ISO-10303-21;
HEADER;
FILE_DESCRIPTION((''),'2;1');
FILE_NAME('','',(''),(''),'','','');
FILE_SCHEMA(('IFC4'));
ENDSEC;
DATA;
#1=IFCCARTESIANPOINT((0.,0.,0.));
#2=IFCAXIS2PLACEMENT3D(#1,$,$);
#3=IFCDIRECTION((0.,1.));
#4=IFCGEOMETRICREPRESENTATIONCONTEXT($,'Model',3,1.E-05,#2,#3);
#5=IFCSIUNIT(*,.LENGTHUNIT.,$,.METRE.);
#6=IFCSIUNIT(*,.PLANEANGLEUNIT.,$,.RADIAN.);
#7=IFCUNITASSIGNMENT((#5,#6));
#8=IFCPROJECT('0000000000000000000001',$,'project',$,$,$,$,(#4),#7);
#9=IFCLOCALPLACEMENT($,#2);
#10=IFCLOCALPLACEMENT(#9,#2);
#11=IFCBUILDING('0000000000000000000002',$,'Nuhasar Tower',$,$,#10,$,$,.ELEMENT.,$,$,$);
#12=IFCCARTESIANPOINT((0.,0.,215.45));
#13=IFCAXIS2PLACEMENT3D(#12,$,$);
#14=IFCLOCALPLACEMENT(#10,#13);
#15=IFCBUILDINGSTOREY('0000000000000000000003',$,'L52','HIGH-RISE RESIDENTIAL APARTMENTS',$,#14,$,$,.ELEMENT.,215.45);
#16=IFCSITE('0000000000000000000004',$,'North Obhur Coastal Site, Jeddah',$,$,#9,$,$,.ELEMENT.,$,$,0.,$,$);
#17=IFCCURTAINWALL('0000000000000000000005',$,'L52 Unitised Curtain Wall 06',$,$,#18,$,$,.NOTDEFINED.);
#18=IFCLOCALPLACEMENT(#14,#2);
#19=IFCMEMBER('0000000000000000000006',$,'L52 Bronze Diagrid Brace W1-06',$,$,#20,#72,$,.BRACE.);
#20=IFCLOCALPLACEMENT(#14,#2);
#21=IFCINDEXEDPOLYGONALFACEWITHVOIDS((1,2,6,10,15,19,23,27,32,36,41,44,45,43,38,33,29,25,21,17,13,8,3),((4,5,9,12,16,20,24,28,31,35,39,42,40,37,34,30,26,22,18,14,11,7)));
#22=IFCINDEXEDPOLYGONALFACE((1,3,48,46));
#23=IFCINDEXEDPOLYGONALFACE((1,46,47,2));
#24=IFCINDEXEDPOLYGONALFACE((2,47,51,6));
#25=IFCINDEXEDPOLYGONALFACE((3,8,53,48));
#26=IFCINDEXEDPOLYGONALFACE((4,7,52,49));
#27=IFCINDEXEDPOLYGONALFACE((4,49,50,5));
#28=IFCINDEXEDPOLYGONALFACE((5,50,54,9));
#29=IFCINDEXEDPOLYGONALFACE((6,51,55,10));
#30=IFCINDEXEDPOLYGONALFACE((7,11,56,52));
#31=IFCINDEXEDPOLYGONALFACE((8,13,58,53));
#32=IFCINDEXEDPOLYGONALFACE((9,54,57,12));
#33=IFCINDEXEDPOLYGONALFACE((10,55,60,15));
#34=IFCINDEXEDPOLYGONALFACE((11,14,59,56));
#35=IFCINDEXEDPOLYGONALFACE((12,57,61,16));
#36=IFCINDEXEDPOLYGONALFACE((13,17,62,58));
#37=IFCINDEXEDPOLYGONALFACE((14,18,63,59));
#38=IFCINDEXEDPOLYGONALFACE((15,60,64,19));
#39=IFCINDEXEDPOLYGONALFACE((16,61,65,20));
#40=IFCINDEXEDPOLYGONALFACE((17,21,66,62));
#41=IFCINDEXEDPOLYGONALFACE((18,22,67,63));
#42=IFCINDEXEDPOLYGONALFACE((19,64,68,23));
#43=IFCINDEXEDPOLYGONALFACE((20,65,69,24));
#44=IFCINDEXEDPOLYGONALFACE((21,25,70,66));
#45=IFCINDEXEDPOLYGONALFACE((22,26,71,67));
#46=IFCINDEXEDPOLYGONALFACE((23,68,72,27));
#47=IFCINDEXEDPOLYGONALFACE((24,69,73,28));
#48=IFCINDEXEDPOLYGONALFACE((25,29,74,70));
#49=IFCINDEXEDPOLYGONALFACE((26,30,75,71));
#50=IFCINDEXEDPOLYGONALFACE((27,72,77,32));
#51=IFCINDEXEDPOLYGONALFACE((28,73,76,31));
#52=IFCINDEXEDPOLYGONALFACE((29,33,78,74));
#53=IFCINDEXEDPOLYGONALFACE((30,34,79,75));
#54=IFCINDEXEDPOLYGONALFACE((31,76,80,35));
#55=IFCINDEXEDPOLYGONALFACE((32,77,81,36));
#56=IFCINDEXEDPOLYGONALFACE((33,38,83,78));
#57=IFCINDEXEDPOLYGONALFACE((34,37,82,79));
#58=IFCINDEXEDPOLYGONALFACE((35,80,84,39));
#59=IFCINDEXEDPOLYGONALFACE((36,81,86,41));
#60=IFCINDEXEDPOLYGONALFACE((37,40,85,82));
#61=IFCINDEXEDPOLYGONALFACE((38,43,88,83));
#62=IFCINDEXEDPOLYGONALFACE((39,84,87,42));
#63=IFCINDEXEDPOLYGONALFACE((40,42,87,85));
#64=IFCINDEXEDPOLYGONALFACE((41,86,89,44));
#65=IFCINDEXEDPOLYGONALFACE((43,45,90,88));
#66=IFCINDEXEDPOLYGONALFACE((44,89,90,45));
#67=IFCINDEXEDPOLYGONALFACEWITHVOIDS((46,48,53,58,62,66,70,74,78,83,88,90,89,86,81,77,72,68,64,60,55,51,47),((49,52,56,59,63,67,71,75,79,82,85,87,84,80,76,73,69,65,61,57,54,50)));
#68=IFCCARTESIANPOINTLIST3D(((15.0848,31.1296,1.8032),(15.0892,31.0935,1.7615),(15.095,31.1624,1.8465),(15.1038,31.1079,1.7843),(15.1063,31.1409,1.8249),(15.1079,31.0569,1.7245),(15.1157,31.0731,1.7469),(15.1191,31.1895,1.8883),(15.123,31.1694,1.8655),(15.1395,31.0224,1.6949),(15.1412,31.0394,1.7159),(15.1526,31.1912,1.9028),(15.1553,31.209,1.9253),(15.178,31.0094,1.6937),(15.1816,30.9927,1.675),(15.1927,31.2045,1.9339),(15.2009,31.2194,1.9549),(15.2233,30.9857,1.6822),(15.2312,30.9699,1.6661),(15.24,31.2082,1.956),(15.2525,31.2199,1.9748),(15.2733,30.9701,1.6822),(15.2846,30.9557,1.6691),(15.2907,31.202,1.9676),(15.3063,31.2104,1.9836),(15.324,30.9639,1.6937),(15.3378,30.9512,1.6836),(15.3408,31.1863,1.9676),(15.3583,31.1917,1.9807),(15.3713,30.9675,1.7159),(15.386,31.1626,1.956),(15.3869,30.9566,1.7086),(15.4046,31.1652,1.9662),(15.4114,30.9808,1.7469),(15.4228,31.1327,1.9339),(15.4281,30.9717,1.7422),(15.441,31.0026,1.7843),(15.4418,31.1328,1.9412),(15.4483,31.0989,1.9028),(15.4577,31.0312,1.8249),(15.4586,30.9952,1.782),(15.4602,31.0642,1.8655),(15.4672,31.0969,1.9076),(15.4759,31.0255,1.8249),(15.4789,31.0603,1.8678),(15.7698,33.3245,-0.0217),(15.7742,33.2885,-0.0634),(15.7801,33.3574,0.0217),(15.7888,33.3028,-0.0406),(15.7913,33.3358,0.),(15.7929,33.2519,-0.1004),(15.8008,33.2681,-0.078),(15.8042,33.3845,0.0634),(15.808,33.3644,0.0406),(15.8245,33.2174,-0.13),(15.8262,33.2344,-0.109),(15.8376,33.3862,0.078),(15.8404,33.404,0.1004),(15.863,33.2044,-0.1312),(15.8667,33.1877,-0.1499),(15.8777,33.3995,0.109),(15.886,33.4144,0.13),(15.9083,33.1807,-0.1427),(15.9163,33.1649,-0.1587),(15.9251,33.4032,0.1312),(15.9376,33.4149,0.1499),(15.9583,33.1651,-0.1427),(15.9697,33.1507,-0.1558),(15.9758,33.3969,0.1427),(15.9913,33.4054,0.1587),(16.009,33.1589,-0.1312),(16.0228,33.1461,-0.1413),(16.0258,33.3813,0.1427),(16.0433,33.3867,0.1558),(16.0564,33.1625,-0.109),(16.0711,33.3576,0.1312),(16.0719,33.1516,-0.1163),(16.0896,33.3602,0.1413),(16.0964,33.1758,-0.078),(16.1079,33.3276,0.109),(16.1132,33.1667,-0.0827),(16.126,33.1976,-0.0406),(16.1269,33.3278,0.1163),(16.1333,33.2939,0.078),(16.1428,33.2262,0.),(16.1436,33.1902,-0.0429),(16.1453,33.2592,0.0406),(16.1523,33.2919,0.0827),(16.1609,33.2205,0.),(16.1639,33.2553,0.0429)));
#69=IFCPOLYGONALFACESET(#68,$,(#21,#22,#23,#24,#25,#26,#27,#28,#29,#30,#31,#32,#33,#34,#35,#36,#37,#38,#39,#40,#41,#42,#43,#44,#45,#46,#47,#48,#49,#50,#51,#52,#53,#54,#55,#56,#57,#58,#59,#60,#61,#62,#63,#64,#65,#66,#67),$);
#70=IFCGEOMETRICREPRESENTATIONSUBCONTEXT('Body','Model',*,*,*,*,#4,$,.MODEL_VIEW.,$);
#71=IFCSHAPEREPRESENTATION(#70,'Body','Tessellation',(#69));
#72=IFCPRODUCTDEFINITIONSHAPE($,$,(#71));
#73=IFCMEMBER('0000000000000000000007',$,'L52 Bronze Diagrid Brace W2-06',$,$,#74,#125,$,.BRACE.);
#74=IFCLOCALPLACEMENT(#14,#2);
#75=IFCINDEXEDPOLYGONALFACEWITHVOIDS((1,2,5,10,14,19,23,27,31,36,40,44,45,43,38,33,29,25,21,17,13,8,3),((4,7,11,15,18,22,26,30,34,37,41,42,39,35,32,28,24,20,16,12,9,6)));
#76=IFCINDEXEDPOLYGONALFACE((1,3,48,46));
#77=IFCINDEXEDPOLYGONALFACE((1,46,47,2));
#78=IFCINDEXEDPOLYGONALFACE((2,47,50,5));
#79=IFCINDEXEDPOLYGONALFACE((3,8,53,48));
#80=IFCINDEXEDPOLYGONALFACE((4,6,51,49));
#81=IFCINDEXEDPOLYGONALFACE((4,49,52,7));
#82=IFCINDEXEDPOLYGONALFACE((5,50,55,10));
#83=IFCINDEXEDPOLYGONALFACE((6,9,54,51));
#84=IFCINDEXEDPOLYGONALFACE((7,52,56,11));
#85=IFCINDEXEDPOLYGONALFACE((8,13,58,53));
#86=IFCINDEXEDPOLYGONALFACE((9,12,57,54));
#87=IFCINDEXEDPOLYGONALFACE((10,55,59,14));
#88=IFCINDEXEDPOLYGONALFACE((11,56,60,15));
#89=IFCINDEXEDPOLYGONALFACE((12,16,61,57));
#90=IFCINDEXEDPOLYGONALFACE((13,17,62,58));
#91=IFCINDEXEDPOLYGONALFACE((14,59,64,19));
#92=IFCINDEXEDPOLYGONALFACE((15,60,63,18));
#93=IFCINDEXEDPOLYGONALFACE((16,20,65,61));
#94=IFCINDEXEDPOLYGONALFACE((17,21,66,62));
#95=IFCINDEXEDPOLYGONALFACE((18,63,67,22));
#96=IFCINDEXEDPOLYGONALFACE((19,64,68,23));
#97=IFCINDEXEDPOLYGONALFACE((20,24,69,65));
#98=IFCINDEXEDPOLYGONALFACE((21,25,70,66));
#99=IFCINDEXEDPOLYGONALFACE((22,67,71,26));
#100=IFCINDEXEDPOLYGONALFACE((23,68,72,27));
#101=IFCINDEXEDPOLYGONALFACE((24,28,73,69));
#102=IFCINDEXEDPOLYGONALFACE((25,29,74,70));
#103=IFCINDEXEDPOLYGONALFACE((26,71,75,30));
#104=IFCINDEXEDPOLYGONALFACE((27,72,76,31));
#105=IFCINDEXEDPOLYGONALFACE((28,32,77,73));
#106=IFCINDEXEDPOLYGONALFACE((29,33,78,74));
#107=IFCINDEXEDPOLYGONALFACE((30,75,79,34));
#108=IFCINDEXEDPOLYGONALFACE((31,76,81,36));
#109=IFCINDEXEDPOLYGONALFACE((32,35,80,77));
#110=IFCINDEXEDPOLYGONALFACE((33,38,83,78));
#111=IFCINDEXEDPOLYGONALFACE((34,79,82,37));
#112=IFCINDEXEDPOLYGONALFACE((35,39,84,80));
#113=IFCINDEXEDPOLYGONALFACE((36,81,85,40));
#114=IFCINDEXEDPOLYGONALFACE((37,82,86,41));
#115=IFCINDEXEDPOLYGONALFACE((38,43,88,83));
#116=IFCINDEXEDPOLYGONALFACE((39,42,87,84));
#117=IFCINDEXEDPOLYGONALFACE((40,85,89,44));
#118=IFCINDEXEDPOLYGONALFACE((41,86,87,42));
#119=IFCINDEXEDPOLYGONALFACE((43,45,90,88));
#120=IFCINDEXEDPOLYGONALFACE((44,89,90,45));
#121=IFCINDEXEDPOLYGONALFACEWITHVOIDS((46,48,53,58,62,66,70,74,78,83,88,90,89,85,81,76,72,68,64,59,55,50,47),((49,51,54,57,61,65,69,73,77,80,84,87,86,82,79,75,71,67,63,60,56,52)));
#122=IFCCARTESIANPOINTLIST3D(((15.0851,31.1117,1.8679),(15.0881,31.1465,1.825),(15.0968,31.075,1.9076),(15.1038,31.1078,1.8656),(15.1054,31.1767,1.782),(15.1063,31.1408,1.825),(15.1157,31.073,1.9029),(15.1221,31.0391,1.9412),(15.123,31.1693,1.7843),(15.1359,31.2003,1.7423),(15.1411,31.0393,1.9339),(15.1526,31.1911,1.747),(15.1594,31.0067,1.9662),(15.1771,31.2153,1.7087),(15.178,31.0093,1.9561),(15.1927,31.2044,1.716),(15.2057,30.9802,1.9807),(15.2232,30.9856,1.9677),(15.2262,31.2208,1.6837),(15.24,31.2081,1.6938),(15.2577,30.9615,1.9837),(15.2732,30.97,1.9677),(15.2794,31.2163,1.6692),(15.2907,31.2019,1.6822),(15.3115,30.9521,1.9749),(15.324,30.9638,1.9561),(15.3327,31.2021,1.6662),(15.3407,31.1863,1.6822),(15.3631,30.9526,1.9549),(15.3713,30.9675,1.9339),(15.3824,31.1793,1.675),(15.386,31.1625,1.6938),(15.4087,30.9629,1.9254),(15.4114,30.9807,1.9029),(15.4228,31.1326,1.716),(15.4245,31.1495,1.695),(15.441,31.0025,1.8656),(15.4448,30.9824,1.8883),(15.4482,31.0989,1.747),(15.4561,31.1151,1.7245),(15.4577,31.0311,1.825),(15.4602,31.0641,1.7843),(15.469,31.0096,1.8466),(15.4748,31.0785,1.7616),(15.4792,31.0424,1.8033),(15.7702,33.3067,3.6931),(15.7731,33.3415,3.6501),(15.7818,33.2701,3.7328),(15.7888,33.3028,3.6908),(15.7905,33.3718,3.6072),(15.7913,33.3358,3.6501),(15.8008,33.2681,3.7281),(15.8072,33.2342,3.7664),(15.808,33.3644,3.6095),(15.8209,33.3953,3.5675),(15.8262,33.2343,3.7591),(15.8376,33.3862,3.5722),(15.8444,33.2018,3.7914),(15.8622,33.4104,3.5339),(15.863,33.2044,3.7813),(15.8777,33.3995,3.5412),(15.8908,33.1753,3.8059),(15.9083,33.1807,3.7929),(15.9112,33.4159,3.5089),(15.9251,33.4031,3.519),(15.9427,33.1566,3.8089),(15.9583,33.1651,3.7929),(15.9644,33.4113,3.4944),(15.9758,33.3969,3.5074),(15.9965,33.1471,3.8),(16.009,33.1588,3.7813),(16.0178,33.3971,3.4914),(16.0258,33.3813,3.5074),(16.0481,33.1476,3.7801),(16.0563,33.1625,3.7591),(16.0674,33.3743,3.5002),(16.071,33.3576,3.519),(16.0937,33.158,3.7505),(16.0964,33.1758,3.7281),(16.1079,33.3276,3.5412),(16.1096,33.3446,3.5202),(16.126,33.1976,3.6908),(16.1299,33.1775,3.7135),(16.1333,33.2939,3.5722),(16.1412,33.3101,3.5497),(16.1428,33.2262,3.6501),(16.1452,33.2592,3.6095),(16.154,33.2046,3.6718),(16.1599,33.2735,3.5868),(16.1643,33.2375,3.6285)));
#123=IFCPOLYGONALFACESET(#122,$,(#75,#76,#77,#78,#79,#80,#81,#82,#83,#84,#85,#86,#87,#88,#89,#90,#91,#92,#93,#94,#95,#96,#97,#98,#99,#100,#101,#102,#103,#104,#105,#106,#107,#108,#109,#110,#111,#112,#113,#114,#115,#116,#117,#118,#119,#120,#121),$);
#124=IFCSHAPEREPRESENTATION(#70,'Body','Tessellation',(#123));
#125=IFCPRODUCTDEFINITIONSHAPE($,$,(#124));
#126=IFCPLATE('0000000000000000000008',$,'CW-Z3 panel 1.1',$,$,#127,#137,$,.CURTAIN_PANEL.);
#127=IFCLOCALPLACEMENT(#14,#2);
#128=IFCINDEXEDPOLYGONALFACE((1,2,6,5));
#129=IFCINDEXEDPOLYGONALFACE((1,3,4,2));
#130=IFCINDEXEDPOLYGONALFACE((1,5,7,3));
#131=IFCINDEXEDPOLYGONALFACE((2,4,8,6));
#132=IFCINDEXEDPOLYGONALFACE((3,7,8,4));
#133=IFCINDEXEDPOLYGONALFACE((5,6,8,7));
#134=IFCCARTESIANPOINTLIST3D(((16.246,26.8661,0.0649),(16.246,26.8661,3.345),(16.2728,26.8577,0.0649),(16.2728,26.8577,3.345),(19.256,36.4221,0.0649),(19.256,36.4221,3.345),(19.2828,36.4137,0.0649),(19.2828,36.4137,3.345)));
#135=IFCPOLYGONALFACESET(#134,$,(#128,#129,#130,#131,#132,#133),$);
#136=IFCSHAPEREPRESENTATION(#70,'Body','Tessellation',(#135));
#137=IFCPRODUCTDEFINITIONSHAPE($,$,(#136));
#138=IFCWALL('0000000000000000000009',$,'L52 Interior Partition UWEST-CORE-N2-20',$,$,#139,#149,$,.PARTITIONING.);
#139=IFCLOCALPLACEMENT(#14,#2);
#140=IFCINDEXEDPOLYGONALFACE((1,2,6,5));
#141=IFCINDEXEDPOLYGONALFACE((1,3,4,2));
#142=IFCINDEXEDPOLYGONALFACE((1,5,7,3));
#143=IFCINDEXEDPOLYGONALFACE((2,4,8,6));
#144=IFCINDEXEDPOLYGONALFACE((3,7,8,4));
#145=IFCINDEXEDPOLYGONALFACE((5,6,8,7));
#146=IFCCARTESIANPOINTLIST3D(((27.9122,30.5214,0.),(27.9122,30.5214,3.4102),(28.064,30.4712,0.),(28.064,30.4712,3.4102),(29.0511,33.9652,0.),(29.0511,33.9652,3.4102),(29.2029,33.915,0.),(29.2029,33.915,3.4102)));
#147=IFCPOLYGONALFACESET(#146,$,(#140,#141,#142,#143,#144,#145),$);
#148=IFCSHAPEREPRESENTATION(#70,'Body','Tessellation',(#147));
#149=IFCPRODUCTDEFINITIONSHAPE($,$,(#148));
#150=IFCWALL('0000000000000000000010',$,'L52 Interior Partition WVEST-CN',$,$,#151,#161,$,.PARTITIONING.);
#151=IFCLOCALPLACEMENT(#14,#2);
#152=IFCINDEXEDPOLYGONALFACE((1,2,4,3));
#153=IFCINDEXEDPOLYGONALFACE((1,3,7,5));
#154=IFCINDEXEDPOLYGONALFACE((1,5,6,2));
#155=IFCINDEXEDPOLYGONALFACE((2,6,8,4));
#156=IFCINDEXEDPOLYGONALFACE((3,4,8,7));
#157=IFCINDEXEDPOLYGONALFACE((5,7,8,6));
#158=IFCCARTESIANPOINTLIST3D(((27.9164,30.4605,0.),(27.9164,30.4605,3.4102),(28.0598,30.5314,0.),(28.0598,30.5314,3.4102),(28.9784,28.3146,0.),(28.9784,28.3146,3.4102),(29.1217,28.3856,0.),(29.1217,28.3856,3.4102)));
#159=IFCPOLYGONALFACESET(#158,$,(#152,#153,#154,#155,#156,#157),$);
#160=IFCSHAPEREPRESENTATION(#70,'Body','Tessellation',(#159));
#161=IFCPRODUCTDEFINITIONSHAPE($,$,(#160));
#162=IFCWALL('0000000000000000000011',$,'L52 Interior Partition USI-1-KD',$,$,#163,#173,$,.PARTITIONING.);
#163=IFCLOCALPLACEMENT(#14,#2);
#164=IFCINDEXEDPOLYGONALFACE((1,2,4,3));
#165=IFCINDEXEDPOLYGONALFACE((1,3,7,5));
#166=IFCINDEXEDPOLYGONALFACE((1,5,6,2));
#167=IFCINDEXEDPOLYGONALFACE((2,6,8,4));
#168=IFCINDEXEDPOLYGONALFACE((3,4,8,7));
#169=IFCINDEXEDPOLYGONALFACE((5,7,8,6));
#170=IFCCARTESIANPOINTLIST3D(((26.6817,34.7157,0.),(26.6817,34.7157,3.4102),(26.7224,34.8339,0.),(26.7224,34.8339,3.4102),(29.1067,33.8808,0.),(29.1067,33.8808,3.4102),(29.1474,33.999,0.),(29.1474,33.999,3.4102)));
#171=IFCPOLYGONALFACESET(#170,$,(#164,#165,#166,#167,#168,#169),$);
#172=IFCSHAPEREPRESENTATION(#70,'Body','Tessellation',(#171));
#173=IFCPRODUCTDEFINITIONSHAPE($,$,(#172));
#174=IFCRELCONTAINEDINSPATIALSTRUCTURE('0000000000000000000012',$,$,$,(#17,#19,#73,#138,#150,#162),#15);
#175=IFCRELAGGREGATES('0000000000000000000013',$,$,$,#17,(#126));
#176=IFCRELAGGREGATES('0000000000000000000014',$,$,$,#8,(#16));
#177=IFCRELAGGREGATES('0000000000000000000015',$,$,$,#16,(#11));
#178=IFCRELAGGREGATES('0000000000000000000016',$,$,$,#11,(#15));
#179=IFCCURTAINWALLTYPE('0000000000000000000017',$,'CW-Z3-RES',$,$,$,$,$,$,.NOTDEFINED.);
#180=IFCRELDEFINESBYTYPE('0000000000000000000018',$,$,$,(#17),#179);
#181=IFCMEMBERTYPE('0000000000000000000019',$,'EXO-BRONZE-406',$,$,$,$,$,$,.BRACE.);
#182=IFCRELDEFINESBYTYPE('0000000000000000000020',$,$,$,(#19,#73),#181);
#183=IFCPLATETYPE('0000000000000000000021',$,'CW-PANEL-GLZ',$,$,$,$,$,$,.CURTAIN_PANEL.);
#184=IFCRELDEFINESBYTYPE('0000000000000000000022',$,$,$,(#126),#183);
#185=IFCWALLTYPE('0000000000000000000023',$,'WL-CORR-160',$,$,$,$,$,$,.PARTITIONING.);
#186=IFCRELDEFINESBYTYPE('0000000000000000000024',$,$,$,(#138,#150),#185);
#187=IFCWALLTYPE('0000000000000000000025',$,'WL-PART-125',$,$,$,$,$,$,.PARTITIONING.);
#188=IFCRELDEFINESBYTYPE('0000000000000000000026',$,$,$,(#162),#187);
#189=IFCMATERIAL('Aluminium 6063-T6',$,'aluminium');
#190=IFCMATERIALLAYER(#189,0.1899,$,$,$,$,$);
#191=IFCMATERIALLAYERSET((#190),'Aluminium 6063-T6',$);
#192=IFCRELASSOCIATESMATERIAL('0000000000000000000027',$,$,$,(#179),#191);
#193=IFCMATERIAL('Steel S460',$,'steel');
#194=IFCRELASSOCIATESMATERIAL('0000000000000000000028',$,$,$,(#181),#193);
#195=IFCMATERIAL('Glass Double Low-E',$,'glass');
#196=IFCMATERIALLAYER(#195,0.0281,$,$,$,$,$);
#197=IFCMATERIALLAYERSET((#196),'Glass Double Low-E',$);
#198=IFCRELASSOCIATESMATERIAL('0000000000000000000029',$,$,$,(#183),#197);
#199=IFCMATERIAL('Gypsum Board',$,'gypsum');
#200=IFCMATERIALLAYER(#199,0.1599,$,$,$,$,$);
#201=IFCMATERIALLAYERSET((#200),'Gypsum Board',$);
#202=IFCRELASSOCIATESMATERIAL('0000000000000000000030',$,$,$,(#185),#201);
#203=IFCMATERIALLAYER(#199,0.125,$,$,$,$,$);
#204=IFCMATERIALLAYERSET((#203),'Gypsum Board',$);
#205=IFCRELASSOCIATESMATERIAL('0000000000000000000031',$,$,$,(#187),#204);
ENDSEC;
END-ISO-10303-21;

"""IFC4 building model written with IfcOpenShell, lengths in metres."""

from ifc_helpers import new_model, si_unit, direction, frame, frame_2d, origin, origin_2d, place, context, subcontext, project, spatial, rectangle, hollow_circle, extrude, material, layer, layer_set, material_profile, profile_set, type_object, element, aggregate, save


model = new_model("IFC4")

# Units and contexts
model_context = context("Model", 3, precision=1e-05, world=origin(), true_north=direction((0.0, 1.0)))
body_context = subcontext(model_context, "Body", "Model", "MODEL_VIEW")
ifc_project = project(units=[si_unit("LENGTHUNIT", "METRE"), si_unit("PLANEANGLEUNIT", "RADIAN")], contexts=[model_context])

# Site, building, storey
site_placement = place(None, origin())
site = spatial("IfcSite", under=ifc_project, at=site_placement, Name="North Obhur Coastal Site, Jeddah", CompositionType="ELEMENT", RefElevation=0.0)
building_placement = place(site_placement, origin())
building = spatial("IfcBuilding", under=site, at=building_placement, Name="Nuhasar Tower", CompositionType="ELEMENT")
storey_placement = place(building_placement, frame((0.0, 0.0, 215.45)))
storey = spatial("IfcBuildingStorey", under=building, at=storey_placement, Name="L52", Description="HIGH-RISE RESIDENTIAL APARTMENTS", CompositionType="ELEMENT", Elevation=215.45)

# Curtain wall
ifc_material_1 = material(Name="Aluminium 6063-T6", Category="aluminium")
ifc_layer_1 = layer(ifc_material_1, 0.1899)
ifc_layer_set_1 = layer_set([ifc_layer_1], Name="Aluminium 6063-T6")
curtain_wall_type = type_object("IfcCurtainWallType", Name="CW-Z3-RES", PredefinedType="NOTDEFINED", material=ifc_layer_set_1)
curtain_wall_placement = place(storey_placement, origin())
curtain_wall = element("IfcCurtainWall", 1, at=curtain_wall_placement, inside=storey, type_object=curtain_wall_type, Name="L52 Unitised Curtain Wall 06", PredefinedType="NOTDEFINED")

# Members
ifc_material_2 = material(Name="Steel S460", Category="steel")
ifc_material_profile_1 = material_profile(ifc_material_2, hollow_circle(Radius=0.2031, WallThickness=0.019, at=origin_2d()), Name="HSS406.4X19.1")
ifc_profile_set_1 = profile_set([ifc_material_profile_1], Name="Steel S460")
member_type_1 = type_object("IfcMemberType", Name="EXO-BRONZE-406", PredefinedType="BRACE", material=ifc_profile_set_1)
member_1_placement = place(storey_placement, frame((15.967, 33.281, 0.0), z_axis=(-0.233358, -0.747727, 0.62165), x_axis=(0.954591, -0.297918, 0.0)))
element("IfcMember", 2, at=member_1_placement, inside=storey, type_object=member_type_1, Name="L52 Bronze Diagrid Brace W1-06", PredefinedType="BRACE", context=body_context, shape_type="SweptSolid", body=[
    extrude(hollow_circle(Radius=0.2031, WallThickness=0.019, at=origin_2d()), origin(), (0.0, 0.0, 1.0), 2.9355),
])
member_2_placement = place(storey_placement, frame((15.282, 31.0859, 1.825), z_axis=(0.233346, 0.747688, 0.621701), x_axis=(-0.954591, 0.297918, 0.0)))
element("IfcMember", 3, at=member_2_placement, inside=storey, type_object=member_type_1, Name="L52 Bronze Diagrid Brace W2-06", PredefinedType="BRACE", context=body_context, shape_type="SweptSolid", body=[
    extrude(hollow_circle(Radius=0.2031, WallThickness=0.019, at=origin_2d()), origin(), (0.0, 0.0, 1.0), 2.9358),
])

# Plate
ifc_material_3 = material(Name="Glass Double Low-E", Category="glass")
ifc_layer_2 = layer(ifc_material_3, 0.0281)
ifc_layer_set_2 = layer_set([ifc_layer_2], Name="Glass Double Low-E")
plate_type = type_object("IfcPlateType", Name="CW-PANEL-GLZ", PredefinedType="CURTAIN_PANEL", material=ifc_layer_set_2)
plate_placement = place(storey_placement, frame((17.7644, 31.6399, 0.0649), z_axis=(0.0, 0.0, 1.0), x_axis=(-0.300429, -0.953804, 0.0)))
plate = element("IfcPlate", 4, at=plate_placement, type_object=plate_type, Name="CW-Z3 panel 1.1", PredefinedType="CURTAIN_PANEL", context=body_context, shape_type="SweptSolid", body=[
    extrude(rectangle(XDim=10.0188, YDim=0.0281, at=origin_2d()), origin(), (0.0, 0.0, 1.0), 3.28),
])
aggregate(curtain_wall, [plate])

# Wall
ifc_material_4 = material(Name="Gypsum Board", Category="gypsum")
ifc_layer_3 = layer(ifc_material_4, 0.1599)
ifc_layer_set_3 = layer_set([ifc_layer_3], Name="Gypsum Board")
wall_type_1 = type_object("IfcWallType", Name="WL-CORR-160", PredefinedType="PARTITIONING", material=ifc_layer_set_3)
wall_1_placement = place(storey_placement, frame((29.127, 33.9399, 0.0), z_axis=(0.0, 0.0, 1.0), x_axis=(-0.313986, -0.949428, 0.0)))
element("IfcWall", 5, at=wall_1_placement, inside=storey, type_object=wall_type_1, Name="L52 Interior Partition UWEST-CORE-N2-20", PredefinedType="PARTITIONING", context=body_context, shape_type="SweptSolid", body=[
    extrude(rectangle(XDim=3.6272, YDim=0.1599, at=frame_2d((1.8135, 0.0))), origin(), (0.0, 0.0, 1.0), 3.4102),
])

# Walls
wall_2_placement = place(storey_placement, frame((27.988, 30.4961, 0.0), z_axis=(0.0, 0.0, 1.0), x_axis=(0.443539, -0.896255, 0.0)))
element("IfcWall", 6, at=wall_2_placement, inside=storey, type_object=wall_type_1, Name="L52 Interior Partition WVEST-CN", PredefinedType="PARTITIONING", context=body_context, shape_type="SweptSolid", body=[
    extrude(rectangle(XDim=2.3943, YDim=0.1599, at=frame_2d((1.1973, 0.0))), origin(), (0.0, 0.0, 1.0), 3.4102),
])
ifc_layer_4 = layer(ifc_material_4, 0.125)
ifc_layer_set_4 = layer_set([ifc_layer_4], Name="Gypsum Board")
wall_type_2 = type_object("IfcWallType", Name="WL-PART-125", PredefinedType="PARTITIONING", material=ifc_layer_set_4)
wall_3_placement = place(storey_placement, frame((29.127, 33.9399, 0.0), z_axis=(0.0, 0.0, 1.0), x_axis=(-0.945525, 0.325551, 0.0)))
element("IfcWall", 7, at=wall_3_placement, inside=storey, type_object=wall_type_2, Name="L52 Interior Partition USI-1-KD", PredefinedType="PARTITIONING", context=body_context, shape_type="SweptSolid", body=[
    extrude(rectangle(XDim=2.5647, YDim=0.125, at=frame_2d((1.2822, 0.0))), origin(), (0.0, 0.0, 1.0), 3.4102),
])

save(model, "model.ifc")
